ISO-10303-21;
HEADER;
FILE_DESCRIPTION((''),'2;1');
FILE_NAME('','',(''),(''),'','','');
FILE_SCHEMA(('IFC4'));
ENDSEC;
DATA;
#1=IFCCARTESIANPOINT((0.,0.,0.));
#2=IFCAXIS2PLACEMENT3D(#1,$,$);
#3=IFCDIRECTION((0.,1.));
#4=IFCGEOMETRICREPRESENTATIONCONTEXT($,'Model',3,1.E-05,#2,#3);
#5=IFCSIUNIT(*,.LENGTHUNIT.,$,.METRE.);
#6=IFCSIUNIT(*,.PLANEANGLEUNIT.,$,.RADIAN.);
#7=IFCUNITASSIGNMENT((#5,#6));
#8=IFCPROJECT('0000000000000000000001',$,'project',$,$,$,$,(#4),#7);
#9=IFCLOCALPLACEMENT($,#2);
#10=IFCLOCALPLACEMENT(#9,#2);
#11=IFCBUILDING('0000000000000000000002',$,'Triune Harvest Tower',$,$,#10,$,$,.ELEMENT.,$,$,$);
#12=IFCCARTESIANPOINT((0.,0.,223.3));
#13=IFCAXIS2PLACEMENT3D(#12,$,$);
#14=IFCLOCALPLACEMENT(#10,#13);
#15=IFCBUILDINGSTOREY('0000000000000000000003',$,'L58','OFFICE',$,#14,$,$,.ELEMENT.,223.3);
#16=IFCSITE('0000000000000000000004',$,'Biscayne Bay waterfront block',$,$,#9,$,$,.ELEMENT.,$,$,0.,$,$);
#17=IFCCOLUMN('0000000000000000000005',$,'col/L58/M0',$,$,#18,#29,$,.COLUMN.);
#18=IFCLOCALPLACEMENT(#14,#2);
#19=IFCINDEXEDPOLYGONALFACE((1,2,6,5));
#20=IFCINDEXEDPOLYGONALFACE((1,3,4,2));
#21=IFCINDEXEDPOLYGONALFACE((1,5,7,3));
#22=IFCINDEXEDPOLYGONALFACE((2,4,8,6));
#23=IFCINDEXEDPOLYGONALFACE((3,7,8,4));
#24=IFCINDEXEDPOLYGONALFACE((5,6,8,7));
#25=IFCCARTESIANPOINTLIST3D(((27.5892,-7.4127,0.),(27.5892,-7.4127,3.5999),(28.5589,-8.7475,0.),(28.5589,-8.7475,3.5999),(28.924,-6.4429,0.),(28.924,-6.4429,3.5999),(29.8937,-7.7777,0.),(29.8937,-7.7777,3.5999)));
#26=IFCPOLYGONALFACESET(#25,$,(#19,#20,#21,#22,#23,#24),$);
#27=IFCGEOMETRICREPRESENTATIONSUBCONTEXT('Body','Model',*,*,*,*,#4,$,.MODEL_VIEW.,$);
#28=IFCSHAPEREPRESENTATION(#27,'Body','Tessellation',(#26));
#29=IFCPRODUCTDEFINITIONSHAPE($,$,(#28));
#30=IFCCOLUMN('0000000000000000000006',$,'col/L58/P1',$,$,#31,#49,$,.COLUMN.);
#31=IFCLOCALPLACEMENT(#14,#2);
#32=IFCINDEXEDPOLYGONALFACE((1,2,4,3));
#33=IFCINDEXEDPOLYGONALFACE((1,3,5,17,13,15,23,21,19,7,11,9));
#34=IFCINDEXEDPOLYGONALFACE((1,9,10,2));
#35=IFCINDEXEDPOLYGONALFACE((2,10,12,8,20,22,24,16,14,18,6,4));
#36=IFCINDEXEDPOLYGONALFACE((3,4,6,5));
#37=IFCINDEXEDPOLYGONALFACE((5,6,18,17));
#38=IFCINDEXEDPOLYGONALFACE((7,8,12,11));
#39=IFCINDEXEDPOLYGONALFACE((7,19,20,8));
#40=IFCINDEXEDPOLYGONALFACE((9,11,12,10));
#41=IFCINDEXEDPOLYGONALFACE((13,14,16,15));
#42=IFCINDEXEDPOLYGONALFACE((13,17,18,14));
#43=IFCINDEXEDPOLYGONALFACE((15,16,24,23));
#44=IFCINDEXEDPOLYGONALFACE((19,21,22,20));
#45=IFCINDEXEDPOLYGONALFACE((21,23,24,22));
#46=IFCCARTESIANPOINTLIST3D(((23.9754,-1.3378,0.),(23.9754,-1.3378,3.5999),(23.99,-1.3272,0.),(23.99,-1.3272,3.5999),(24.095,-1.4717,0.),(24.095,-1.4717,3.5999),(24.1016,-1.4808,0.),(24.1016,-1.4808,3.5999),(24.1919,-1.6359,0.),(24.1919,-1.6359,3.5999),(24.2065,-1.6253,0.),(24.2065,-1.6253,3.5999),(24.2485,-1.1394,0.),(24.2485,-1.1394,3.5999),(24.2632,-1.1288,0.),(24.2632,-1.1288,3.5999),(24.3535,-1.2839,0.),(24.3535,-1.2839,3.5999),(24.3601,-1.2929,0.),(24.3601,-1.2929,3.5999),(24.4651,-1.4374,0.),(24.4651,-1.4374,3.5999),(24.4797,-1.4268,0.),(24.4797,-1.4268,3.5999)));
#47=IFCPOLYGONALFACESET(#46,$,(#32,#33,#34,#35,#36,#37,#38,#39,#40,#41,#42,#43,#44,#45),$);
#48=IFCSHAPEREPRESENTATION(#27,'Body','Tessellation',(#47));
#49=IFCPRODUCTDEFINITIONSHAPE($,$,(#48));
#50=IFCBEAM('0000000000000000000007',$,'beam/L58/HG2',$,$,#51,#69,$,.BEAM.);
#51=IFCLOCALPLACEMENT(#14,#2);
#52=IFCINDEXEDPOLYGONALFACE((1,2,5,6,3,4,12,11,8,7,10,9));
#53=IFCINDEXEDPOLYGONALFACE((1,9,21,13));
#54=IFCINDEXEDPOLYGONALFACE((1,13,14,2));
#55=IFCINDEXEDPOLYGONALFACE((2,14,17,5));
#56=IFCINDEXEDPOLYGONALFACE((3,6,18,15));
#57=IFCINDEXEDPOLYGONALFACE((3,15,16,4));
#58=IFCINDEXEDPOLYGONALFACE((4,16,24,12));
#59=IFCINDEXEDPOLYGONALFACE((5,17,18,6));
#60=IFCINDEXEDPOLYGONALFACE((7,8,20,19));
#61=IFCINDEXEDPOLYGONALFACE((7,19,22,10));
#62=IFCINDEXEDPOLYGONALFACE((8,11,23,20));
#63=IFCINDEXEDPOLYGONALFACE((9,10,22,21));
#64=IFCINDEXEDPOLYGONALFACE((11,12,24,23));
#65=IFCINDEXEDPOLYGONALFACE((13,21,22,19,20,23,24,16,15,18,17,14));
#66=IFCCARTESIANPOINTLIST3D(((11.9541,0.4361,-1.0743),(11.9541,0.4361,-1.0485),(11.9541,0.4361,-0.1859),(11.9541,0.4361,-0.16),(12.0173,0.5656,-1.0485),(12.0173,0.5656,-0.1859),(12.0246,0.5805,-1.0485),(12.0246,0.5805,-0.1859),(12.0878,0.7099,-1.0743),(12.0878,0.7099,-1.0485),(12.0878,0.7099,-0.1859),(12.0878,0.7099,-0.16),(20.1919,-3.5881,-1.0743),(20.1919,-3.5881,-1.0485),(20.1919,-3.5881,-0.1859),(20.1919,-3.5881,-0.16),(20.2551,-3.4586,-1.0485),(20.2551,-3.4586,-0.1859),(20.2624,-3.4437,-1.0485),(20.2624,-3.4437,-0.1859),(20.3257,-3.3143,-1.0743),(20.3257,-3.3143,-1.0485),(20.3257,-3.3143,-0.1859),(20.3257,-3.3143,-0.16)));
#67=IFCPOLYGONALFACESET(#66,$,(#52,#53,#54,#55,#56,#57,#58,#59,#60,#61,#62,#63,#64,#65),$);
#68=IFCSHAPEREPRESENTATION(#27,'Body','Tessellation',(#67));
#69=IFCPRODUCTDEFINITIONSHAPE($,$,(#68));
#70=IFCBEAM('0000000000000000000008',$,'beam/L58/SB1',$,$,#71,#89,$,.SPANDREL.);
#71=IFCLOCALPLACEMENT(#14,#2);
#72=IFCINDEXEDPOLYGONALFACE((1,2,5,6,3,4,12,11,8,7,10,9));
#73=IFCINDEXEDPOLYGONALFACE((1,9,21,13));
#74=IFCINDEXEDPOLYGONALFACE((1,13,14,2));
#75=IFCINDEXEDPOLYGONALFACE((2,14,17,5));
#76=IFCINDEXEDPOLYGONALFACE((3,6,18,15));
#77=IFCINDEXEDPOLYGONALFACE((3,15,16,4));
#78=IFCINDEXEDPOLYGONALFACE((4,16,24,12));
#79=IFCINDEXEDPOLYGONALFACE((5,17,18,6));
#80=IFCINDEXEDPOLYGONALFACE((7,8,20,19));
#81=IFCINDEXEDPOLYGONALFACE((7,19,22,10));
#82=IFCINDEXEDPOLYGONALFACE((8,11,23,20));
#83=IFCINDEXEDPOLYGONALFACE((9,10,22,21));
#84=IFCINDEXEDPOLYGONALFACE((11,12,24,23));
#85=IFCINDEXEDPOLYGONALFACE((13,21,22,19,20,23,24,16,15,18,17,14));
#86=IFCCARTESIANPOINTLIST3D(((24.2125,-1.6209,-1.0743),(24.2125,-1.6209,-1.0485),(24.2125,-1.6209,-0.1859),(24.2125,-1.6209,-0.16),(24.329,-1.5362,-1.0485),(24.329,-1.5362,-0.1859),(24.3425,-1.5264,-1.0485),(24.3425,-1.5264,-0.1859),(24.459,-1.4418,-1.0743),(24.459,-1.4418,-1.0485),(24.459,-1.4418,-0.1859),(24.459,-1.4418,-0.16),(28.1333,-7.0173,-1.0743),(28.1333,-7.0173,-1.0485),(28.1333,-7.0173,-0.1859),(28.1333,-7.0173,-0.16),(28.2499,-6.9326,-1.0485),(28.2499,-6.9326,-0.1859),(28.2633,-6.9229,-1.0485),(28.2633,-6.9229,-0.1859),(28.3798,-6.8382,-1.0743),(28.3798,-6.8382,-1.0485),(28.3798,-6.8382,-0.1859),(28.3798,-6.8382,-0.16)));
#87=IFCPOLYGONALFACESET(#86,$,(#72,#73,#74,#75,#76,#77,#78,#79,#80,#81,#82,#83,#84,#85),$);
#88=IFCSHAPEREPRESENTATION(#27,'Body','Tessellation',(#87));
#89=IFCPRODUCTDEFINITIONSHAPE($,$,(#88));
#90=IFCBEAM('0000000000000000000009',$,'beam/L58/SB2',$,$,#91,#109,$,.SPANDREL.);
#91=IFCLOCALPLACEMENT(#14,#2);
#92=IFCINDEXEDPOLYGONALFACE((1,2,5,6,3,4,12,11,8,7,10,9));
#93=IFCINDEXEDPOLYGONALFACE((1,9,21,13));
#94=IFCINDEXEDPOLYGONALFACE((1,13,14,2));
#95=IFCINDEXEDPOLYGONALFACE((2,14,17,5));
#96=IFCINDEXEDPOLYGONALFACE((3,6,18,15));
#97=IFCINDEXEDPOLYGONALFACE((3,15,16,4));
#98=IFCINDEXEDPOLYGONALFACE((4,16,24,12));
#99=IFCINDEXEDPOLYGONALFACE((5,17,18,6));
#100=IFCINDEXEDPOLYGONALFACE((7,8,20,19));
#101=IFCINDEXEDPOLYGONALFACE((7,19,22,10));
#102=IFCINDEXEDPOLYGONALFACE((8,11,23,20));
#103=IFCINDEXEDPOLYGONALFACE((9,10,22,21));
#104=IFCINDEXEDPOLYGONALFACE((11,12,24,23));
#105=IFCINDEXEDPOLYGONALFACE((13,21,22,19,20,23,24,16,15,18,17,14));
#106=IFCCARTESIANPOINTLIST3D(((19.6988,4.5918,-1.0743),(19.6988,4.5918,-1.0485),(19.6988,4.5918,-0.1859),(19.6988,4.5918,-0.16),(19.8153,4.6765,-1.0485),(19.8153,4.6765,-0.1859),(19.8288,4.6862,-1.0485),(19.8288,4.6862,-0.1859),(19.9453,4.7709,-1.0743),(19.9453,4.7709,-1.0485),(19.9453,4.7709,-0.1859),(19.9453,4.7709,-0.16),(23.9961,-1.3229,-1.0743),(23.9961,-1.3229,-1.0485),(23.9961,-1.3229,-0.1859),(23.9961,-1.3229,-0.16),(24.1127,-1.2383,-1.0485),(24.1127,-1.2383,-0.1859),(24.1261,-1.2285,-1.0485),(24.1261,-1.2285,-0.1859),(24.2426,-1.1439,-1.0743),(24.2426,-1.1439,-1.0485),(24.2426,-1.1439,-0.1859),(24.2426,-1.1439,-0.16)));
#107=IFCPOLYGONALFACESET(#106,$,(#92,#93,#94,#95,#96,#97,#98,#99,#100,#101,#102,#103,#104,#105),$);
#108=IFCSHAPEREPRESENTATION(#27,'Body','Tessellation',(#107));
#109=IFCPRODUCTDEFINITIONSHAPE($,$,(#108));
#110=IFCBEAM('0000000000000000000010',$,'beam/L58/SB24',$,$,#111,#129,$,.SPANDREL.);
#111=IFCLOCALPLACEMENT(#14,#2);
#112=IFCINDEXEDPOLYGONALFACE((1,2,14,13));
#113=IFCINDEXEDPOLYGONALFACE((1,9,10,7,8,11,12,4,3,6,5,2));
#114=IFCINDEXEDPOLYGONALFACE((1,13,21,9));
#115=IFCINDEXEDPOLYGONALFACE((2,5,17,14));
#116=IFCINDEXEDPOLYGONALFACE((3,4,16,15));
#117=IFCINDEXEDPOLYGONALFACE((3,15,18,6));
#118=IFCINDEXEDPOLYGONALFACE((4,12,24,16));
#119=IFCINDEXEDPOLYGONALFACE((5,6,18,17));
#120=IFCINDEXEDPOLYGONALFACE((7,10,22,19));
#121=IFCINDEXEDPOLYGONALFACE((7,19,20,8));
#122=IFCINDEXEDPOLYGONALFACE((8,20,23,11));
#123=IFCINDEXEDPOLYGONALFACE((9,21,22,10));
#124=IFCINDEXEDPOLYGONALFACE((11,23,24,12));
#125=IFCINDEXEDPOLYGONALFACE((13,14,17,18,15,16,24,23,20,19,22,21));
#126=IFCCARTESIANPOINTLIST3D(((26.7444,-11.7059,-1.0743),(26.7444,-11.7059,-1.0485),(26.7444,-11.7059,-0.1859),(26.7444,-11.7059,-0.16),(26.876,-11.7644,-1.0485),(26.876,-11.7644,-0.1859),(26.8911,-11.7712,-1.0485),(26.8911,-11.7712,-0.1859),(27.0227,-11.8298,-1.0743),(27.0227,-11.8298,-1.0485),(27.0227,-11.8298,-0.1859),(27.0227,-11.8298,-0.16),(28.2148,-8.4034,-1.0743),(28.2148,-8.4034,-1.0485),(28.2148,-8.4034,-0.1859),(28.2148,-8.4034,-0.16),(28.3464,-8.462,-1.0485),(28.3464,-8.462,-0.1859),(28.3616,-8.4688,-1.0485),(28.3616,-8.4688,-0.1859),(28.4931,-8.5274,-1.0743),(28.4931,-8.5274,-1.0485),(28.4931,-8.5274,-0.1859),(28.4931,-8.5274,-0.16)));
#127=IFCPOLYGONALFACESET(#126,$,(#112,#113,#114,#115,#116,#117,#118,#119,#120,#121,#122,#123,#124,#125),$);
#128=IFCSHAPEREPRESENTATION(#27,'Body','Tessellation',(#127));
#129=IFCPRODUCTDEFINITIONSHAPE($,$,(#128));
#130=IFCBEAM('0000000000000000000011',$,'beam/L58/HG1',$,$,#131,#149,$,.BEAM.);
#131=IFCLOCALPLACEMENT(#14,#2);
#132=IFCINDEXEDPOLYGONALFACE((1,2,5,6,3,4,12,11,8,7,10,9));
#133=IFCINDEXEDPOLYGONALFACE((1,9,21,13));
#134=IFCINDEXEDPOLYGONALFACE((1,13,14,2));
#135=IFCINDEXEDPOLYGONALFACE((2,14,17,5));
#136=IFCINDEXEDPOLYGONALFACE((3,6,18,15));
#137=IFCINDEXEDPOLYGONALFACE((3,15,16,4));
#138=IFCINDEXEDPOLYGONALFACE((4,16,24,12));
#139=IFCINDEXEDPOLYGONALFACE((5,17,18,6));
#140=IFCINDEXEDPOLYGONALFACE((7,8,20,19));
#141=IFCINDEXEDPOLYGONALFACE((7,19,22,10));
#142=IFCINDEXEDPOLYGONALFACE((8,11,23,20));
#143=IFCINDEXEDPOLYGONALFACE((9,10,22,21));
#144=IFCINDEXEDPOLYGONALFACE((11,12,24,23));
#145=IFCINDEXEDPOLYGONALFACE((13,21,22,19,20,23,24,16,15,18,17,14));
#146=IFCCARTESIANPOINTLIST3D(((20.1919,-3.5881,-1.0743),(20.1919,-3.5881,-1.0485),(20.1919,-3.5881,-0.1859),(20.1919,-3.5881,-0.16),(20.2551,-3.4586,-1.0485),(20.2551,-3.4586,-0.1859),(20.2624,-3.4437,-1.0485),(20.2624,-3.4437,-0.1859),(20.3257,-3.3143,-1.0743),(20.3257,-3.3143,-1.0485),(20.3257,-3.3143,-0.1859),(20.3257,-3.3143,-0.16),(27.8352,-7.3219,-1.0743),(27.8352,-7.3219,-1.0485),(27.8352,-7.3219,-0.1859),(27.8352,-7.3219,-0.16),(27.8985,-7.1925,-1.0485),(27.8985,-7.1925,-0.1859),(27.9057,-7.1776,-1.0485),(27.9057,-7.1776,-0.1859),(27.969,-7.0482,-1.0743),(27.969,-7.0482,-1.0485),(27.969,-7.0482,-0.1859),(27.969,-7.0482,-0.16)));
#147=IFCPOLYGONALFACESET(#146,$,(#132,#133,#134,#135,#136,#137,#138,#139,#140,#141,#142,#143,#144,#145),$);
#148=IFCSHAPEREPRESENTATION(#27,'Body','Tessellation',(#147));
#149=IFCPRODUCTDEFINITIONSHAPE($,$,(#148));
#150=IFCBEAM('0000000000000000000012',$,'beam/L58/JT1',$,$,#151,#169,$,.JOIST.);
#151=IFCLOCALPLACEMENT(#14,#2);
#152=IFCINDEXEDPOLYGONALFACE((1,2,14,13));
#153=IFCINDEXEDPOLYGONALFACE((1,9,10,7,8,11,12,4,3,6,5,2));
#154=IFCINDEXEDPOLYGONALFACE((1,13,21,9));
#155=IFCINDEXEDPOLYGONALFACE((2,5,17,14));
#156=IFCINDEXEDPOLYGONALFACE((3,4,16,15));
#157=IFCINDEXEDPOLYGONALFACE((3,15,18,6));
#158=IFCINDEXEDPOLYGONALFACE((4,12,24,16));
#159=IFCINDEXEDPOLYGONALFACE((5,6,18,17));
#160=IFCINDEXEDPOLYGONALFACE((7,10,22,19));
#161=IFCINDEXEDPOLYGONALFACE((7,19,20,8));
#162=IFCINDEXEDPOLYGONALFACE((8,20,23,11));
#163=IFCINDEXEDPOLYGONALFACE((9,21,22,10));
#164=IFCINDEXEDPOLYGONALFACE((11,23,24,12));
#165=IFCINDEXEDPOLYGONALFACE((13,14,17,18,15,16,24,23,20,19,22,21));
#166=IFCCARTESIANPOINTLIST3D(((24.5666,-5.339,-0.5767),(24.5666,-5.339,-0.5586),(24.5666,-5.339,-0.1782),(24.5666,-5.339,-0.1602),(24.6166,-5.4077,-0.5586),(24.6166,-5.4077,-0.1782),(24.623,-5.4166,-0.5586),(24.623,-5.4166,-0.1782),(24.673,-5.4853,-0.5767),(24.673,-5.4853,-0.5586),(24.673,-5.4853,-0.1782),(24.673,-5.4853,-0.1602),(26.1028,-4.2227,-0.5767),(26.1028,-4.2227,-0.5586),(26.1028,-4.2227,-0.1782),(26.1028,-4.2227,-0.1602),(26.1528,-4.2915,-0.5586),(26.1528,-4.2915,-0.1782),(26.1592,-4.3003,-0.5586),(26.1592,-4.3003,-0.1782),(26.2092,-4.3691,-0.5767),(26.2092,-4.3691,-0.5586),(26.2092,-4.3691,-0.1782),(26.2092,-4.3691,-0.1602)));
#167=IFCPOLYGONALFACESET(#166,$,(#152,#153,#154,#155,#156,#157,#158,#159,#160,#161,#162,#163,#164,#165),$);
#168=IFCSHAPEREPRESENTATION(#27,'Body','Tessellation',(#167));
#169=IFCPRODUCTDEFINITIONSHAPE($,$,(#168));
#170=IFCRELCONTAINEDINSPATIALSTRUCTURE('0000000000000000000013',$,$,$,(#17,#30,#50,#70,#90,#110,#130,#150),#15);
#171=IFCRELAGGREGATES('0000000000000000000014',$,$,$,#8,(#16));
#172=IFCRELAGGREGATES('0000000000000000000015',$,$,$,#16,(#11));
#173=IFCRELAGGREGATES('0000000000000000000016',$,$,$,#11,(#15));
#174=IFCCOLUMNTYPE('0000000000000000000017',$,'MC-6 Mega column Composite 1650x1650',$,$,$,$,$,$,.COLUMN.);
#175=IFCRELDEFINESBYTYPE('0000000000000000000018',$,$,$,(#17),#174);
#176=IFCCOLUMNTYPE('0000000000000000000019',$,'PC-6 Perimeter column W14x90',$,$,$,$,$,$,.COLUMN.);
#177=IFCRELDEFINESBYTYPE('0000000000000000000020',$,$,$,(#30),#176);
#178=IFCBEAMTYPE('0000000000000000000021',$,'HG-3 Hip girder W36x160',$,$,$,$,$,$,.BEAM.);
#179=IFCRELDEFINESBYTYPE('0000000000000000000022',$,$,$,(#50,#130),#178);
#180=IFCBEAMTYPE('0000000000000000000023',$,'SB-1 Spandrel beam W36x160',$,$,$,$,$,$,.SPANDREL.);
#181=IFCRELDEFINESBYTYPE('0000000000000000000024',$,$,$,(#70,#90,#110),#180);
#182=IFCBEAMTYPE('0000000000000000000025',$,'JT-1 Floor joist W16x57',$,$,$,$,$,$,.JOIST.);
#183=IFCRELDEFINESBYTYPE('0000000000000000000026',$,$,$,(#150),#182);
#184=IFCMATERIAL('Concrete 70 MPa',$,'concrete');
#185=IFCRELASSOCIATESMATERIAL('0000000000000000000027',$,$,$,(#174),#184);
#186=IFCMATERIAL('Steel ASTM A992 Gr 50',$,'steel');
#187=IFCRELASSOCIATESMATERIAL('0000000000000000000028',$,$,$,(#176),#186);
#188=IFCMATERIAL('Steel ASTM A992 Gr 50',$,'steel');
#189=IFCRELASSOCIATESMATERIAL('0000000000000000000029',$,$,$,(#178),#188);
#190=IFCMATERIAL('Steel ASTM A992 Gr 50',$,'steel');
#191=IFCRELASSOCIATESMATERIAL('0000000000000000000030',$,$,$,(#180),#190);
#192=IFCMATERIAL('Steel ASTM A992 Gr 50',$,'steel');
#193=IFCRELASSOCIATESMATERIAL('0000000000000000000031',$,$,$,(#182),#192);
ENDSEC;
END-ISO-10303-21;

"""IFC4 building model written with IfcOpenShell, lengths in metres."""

from ifc_helpers import new_model, si_unit, direction, frame, origin, origin_2d, place, context, subcontext, project, spatial, rectangle, i_section, extrude, source, transform, mapped, material, material_profile, profile_set, type_object, element, save


model = new_model("IFC4")

# Units and contexts
model_context = context("Model", 3, precision=1e-05, world=origin(), true_north=direction((0.0, 1.0)))
body_context = subcontext(model_context, "Body", "Model", "MODEL_VIEW")
ifc_project = project(units=[si_unit("LENGTHUNIT", "METRE"), si_unit("PLANEANGLEUNIT", "RADIAN")], contexts=[model_context])

# Site, building, storey
site_placement = place(None, origin())
site = spatial("IfcSite", under=ifc_project, at=site_placement, Name="Biscayne Bay waterfront block", CompositionType="ELEMENT", RefElevation=0.0)
building_placement = place(site_placement, origin())
building = spatial("IfcBuilding", under=site, at=building_placement, Name="Triune Harvest Tower", CompositionType="ELEMENT")
storey_placement = place(building_placement, frame((0.0, 0.0, 223.3)))
storey = spatial("IfcBuildingStorey", under=building, at=storey_placement, Name="L58", Description="OFFICE", CompositionType="ELEMENT", Elevation=223.3)

# Columns
ifc_material_1 = material(Name="Concrete 70 MPa", Category="concrete")
ifc_material_profile_1 = material_profile(ifc_material_1, rectangle(XDim=1.6499, YDim=1.6499, at=origin_2d()), Name="Composite 1650x1650")
ifc_profile_set_1 = profile_set([ifc_material_profile_1], Name="Concrete 70 MPa")
column_type_1 = type_object("IfcColumnType", Name="MC-6 Mega column Composite 1650x1650", PredefinedType="COLUMN", material=ifc_profile_set_1)
shared_shape_1 = source(origin(), body_context, "Body", "SweptSolid", [
    extrude(rectangle(XDim=1.6499, YDim=1.6499, at=origin_2d()), origin(), (0.0, 0.0, 1.0), 3.5999),
])
column_1_placement = place(storey_placement, frame((28.7415, -7.5952, 0.0), z_axis=(0.0, 0.0, 1.0), x_axis=(-0.587785, 0.809017, 0.0)))
element("IfcColumn", 1, at=column_1_placement, inside=storey, type_object=column_type_1, Name="col/L58/M0", PredefinedType="COLUMN", context=body_context, shape_type="MappedRepresentation", body=[
    mapped(shared_shape_1, transform((0.0, 0.0, 0.0), scale=1.0)),
])
ifc_material_2 = material(Name="Steel ASTM A992 Gr 50", Category="steel")
ifc_material_profile_2 = material_profile(ifc_material_2, i_section(OverallWidth=0.3684, OverallDepth=0.3557, WebThickness=0.0112, FlangeThickness=0.0181, at=origin_2d()), Name="W14x90")
ifc_profile_set_2 = profile_set([ifc_material_profile_2], Name="Steel ASTM A992 Gr 50")
column_type_2 = type_object("IfcColumnType", Name="PC-6 Perimeter column W14x90", PredefinedType="COLUMN", material=ifc_profile_set_2)
shared_shape_2 = source(origin(), body_context, "Body", "SweptSolid", [
    extrude(i_section(OverallWidth=0.3684, OverallDepth=0.3557, WebThickness=0.0112, FlangeThickness=0.0181, at=origin_2d()), origin(), (0.0, 0.0, 1.0), 3.5999),
])
column_2_placement = place(storey_placement, frame((24.2275, -1.3823, 0.0), z_axis=(0.0, 0.0, 1.0), x_axis=(-0.587785, 0.809017, 0.0)))
element("IfcColumn", 2, at=column_2_placement, inside=storey, type_object=column_type_2, Name="col/L58/P1", PredefinedType="COLUMN", context=body_context, shape_type="MappedRepresentation", body=[
    mapped(shared_shape_2, transform((0.0, 0.0, 0.0), scale=1.0)),
])

# Beams
ifc_material_3 = material(Name="Steel ASTM A992 Gr 50", Category="steel")
ifc_material_profile_3 = material_profile(ifc_material_3, i_section(OverallWidth=0.3047, OverallDepth=0.9143, WebThickness=0.0166, FlangeThickness=0.0259, at=origin_2d()), Name="W36x160")
ifc_profile_set_3 = profile_set([ifc_material_profile_3], Name="Steel ASTM A992 Gr 50")
beam_type_1 = type_object("IfcBeamType", Name="HG-3 Hip girder W36x160", PredefinedType="BEAM", material=ifc_profile_set_3)
shared_shape_3 = source(origin(), body_context, "Body", "SweptSolid", [
    extrude(i_section(OverallWidth=0.3047, OverallDepth=0.9143, WebThickness=0.0166, FlangeThickness=0.0259, at=origin_2d()), origin(), (0.0, 0.0, 1.0), 9.1682),
])
beam_1_placement = place(storey_placement, frame((20.2588, -3.4512, -0.6172), z_axis=(-0.898522, 0.438929, 0.0), x_axis=(-0.438929, -0.898522, 0.0)))
element("IfcBeam", 3, at=beam_1_placement, inside=storey, type_object=beam_type_1, Name="beam/L58/HG2", PredefinedType="BEAM", context=body_context, shape_type="MappedRepresentation", body=[
    mapped(shared_shape_3, transform((0.0, 0.0, 0.0), scale=1.0)),
])
ifc_material_4 = material(Name="Steel ASTM A992 Gr 50", Category="steel")
ifc_material_profile_4 = material_profile(ifc_material_4, i_section(OverallWidth=0.3047, OverallDepth=0.9143, WebThickness=0.0166, FlangeThickness=0.0259, at=origin_2d()), Name="W36x160")
ifc_profile_set_4 = profile_set([ifc_material_profile_4], Name="Steel ASTM A992 Gr 50")
beam_type_2 = type_object("IfcBeamType", Name="SB-1 Spandrel beam W36x160", PredefinedType="SPANDREL", material=ifc_profile_set_4)
shared_shape_4 = source(origin(), body_context, "Body", "SweptSolid", [
    extrude(i_section(OverallWidth=0.3047, OverallDepth=0.9143, WebThickness=0.0166, FlangeThickness=0.0259, at=origin_2d()), origin(), (0.0, 0.0, 1.0), 6.6704),
])
beam_2_placement = place(storey_placement, frame((28.2566, -6.9277, -0.6172), z_axis=(-0.587797, 0.809008, 0.0), x_axis=(-0.809008, -0.587797, 0.0)))
element("IfcBeam", 4, at=beam_2_placement, inside=storey, type_object=beam_type_2, Name="beam/L58/SB1", PredefinedType="SPANDREL", context=body_context, shape_type="MappedRepresentation", body=[
    mapped(shared_shape_4, transform((0.0, 0.0, 0.0), scale=1.0)),
])
shared_shape_5 = source(origin(), body_context, "Body", "SweptSolid", [
    extrude(i_section(OverallWidth=0.3047, OverallDepth=0.9143, WebThickness=0.0166, FlangeThickness=0.0259, at=origin_2d()), origin(), (0.0, 0.0, 1.0), 7.311),
])
beam_3_placement = place(storey_placement, frame((24.1194, -1.2334, -0.6172), z_axis=(-0.587786, 0.809016, 0.0), x_axis=(-0.809016, -0.587786, 0.0)))
element("IfcBeam", 5, at=beam_3_placement, inside=storey, type_object=beam_type_2, Name="beam/L58/SB2", PredefinedType="SPANDREL", context=body_context, shape_type="MappedRepresentation", body=[
    mapped(shared_shape_5, transform((0.0, 0.0, 0.0), scale=1.0)),
])
shared_shape_6 = source(origin(), body_context, "Body", "SweptSolid", [
    extrude(i_section(OverallWidth=0.3047, OverallDepth=0.9143, WebThickness=0.0166, FlangeThickness=0.0259, at=origin_2d()), origin(), (0.0, 0.0, 1.0), 3.615),
])
beam_4_placement = place(storey_placement, frame((26.8835, -11.7678, -0.6172), z_axis=(0.406759, 0.913536, 0.0), x_axis=(-0.913536, 0.406759, 0.0)))
element("IfcBeam", 6, at=beam_4_placement, inside=storey, type_object=beam_type_2, Name="beam/L58/SB24", PredefinedType="SPANDREL", context=body_context, shape_type="MappedRepresentation", body=[
    mapped(shared_shape_6, transform((0.0, 0.0, 0.0), scale=1.0)),
])
shared_shape_7 = source(origin(), body_context, "Body", "SweptSolid", [
    extrude(i_section(OverallWidth=0.3047, OverallDepth=0.9143, WebThickness=0.0166, FlangeThickness=0.0259, at=origin_2d()), origin(), (0.0, 0.0, 1.0), 8.5066),
])
beam_5_placement = place(storey_placement, frame((27.9021, -7.1851, -0.6172), z_axis=(-0.898516, 0.43894, 0.0), x_axis=(-0.43894, -0.898516, 0.0)))
element("IfcBeam", 7, at=beam_5_placement, inside=storey, type_object=beam_type_1, Name="beam/L58/HG1", PredefinedType="BEAM", context=body_context, shape_type="MappedRepresentation", body=[
    mapped(shared_shape_7, transform((0.0, 0.0, 0.0), scale=1.0)),
])
ifc_material_5 = material(Name="Steel ASTM A992 Gr 50", Category="steel")
ifc_material_profile_5 = material_profile(ifc_material_5, i_section(OverallWidth=0.1809, OverallDepth=0.4165, WebThickness=0.011, FlangeThickness=0.0181, at=origin_2d()), Name="W16x57")
ifc_profile_set_5 = profile_set([ifc_material_profile_5], Name="Steel ASTM A992 Gr 50")
beam_type_3 = type_object("IfcBeamType", Name="JT-1 Floor joist W16x57", PredefinedType="JOIST", material=ifc_profile_set_5)
shared_shape_8 = source(origin(), body_context, "Body", "SweptSolid", [
    extrude(i_section(OverallWidth=0.1809, OverallDepth=0.4165, WebThickness=0.011, FlangeThickness=0.0181, at=origin_2d()), origin(), (0.0, 0.0, 1.0), 1.8989),
])
beam_6_placement = place(storey_placement, frame((26.156, -4.2959, -0.3684), z_axis=(-0.808981, -0.587835, 0.0), x_axis=(0.587835, -0.808981, 0.0)))
element("IfcBeam", 8, at=beam_6_placement, inside=storey, type_object=beam_type_3, Name="beam/L58/JT1", PredefinedType="JOIST", context=body_context, shape_type="MappedRepresentation", body=[
    mapped(shared_shape_8, transform((0.0, 0.0, 0.0), scale=1.0)),
])

save(model, "model.ifc")
